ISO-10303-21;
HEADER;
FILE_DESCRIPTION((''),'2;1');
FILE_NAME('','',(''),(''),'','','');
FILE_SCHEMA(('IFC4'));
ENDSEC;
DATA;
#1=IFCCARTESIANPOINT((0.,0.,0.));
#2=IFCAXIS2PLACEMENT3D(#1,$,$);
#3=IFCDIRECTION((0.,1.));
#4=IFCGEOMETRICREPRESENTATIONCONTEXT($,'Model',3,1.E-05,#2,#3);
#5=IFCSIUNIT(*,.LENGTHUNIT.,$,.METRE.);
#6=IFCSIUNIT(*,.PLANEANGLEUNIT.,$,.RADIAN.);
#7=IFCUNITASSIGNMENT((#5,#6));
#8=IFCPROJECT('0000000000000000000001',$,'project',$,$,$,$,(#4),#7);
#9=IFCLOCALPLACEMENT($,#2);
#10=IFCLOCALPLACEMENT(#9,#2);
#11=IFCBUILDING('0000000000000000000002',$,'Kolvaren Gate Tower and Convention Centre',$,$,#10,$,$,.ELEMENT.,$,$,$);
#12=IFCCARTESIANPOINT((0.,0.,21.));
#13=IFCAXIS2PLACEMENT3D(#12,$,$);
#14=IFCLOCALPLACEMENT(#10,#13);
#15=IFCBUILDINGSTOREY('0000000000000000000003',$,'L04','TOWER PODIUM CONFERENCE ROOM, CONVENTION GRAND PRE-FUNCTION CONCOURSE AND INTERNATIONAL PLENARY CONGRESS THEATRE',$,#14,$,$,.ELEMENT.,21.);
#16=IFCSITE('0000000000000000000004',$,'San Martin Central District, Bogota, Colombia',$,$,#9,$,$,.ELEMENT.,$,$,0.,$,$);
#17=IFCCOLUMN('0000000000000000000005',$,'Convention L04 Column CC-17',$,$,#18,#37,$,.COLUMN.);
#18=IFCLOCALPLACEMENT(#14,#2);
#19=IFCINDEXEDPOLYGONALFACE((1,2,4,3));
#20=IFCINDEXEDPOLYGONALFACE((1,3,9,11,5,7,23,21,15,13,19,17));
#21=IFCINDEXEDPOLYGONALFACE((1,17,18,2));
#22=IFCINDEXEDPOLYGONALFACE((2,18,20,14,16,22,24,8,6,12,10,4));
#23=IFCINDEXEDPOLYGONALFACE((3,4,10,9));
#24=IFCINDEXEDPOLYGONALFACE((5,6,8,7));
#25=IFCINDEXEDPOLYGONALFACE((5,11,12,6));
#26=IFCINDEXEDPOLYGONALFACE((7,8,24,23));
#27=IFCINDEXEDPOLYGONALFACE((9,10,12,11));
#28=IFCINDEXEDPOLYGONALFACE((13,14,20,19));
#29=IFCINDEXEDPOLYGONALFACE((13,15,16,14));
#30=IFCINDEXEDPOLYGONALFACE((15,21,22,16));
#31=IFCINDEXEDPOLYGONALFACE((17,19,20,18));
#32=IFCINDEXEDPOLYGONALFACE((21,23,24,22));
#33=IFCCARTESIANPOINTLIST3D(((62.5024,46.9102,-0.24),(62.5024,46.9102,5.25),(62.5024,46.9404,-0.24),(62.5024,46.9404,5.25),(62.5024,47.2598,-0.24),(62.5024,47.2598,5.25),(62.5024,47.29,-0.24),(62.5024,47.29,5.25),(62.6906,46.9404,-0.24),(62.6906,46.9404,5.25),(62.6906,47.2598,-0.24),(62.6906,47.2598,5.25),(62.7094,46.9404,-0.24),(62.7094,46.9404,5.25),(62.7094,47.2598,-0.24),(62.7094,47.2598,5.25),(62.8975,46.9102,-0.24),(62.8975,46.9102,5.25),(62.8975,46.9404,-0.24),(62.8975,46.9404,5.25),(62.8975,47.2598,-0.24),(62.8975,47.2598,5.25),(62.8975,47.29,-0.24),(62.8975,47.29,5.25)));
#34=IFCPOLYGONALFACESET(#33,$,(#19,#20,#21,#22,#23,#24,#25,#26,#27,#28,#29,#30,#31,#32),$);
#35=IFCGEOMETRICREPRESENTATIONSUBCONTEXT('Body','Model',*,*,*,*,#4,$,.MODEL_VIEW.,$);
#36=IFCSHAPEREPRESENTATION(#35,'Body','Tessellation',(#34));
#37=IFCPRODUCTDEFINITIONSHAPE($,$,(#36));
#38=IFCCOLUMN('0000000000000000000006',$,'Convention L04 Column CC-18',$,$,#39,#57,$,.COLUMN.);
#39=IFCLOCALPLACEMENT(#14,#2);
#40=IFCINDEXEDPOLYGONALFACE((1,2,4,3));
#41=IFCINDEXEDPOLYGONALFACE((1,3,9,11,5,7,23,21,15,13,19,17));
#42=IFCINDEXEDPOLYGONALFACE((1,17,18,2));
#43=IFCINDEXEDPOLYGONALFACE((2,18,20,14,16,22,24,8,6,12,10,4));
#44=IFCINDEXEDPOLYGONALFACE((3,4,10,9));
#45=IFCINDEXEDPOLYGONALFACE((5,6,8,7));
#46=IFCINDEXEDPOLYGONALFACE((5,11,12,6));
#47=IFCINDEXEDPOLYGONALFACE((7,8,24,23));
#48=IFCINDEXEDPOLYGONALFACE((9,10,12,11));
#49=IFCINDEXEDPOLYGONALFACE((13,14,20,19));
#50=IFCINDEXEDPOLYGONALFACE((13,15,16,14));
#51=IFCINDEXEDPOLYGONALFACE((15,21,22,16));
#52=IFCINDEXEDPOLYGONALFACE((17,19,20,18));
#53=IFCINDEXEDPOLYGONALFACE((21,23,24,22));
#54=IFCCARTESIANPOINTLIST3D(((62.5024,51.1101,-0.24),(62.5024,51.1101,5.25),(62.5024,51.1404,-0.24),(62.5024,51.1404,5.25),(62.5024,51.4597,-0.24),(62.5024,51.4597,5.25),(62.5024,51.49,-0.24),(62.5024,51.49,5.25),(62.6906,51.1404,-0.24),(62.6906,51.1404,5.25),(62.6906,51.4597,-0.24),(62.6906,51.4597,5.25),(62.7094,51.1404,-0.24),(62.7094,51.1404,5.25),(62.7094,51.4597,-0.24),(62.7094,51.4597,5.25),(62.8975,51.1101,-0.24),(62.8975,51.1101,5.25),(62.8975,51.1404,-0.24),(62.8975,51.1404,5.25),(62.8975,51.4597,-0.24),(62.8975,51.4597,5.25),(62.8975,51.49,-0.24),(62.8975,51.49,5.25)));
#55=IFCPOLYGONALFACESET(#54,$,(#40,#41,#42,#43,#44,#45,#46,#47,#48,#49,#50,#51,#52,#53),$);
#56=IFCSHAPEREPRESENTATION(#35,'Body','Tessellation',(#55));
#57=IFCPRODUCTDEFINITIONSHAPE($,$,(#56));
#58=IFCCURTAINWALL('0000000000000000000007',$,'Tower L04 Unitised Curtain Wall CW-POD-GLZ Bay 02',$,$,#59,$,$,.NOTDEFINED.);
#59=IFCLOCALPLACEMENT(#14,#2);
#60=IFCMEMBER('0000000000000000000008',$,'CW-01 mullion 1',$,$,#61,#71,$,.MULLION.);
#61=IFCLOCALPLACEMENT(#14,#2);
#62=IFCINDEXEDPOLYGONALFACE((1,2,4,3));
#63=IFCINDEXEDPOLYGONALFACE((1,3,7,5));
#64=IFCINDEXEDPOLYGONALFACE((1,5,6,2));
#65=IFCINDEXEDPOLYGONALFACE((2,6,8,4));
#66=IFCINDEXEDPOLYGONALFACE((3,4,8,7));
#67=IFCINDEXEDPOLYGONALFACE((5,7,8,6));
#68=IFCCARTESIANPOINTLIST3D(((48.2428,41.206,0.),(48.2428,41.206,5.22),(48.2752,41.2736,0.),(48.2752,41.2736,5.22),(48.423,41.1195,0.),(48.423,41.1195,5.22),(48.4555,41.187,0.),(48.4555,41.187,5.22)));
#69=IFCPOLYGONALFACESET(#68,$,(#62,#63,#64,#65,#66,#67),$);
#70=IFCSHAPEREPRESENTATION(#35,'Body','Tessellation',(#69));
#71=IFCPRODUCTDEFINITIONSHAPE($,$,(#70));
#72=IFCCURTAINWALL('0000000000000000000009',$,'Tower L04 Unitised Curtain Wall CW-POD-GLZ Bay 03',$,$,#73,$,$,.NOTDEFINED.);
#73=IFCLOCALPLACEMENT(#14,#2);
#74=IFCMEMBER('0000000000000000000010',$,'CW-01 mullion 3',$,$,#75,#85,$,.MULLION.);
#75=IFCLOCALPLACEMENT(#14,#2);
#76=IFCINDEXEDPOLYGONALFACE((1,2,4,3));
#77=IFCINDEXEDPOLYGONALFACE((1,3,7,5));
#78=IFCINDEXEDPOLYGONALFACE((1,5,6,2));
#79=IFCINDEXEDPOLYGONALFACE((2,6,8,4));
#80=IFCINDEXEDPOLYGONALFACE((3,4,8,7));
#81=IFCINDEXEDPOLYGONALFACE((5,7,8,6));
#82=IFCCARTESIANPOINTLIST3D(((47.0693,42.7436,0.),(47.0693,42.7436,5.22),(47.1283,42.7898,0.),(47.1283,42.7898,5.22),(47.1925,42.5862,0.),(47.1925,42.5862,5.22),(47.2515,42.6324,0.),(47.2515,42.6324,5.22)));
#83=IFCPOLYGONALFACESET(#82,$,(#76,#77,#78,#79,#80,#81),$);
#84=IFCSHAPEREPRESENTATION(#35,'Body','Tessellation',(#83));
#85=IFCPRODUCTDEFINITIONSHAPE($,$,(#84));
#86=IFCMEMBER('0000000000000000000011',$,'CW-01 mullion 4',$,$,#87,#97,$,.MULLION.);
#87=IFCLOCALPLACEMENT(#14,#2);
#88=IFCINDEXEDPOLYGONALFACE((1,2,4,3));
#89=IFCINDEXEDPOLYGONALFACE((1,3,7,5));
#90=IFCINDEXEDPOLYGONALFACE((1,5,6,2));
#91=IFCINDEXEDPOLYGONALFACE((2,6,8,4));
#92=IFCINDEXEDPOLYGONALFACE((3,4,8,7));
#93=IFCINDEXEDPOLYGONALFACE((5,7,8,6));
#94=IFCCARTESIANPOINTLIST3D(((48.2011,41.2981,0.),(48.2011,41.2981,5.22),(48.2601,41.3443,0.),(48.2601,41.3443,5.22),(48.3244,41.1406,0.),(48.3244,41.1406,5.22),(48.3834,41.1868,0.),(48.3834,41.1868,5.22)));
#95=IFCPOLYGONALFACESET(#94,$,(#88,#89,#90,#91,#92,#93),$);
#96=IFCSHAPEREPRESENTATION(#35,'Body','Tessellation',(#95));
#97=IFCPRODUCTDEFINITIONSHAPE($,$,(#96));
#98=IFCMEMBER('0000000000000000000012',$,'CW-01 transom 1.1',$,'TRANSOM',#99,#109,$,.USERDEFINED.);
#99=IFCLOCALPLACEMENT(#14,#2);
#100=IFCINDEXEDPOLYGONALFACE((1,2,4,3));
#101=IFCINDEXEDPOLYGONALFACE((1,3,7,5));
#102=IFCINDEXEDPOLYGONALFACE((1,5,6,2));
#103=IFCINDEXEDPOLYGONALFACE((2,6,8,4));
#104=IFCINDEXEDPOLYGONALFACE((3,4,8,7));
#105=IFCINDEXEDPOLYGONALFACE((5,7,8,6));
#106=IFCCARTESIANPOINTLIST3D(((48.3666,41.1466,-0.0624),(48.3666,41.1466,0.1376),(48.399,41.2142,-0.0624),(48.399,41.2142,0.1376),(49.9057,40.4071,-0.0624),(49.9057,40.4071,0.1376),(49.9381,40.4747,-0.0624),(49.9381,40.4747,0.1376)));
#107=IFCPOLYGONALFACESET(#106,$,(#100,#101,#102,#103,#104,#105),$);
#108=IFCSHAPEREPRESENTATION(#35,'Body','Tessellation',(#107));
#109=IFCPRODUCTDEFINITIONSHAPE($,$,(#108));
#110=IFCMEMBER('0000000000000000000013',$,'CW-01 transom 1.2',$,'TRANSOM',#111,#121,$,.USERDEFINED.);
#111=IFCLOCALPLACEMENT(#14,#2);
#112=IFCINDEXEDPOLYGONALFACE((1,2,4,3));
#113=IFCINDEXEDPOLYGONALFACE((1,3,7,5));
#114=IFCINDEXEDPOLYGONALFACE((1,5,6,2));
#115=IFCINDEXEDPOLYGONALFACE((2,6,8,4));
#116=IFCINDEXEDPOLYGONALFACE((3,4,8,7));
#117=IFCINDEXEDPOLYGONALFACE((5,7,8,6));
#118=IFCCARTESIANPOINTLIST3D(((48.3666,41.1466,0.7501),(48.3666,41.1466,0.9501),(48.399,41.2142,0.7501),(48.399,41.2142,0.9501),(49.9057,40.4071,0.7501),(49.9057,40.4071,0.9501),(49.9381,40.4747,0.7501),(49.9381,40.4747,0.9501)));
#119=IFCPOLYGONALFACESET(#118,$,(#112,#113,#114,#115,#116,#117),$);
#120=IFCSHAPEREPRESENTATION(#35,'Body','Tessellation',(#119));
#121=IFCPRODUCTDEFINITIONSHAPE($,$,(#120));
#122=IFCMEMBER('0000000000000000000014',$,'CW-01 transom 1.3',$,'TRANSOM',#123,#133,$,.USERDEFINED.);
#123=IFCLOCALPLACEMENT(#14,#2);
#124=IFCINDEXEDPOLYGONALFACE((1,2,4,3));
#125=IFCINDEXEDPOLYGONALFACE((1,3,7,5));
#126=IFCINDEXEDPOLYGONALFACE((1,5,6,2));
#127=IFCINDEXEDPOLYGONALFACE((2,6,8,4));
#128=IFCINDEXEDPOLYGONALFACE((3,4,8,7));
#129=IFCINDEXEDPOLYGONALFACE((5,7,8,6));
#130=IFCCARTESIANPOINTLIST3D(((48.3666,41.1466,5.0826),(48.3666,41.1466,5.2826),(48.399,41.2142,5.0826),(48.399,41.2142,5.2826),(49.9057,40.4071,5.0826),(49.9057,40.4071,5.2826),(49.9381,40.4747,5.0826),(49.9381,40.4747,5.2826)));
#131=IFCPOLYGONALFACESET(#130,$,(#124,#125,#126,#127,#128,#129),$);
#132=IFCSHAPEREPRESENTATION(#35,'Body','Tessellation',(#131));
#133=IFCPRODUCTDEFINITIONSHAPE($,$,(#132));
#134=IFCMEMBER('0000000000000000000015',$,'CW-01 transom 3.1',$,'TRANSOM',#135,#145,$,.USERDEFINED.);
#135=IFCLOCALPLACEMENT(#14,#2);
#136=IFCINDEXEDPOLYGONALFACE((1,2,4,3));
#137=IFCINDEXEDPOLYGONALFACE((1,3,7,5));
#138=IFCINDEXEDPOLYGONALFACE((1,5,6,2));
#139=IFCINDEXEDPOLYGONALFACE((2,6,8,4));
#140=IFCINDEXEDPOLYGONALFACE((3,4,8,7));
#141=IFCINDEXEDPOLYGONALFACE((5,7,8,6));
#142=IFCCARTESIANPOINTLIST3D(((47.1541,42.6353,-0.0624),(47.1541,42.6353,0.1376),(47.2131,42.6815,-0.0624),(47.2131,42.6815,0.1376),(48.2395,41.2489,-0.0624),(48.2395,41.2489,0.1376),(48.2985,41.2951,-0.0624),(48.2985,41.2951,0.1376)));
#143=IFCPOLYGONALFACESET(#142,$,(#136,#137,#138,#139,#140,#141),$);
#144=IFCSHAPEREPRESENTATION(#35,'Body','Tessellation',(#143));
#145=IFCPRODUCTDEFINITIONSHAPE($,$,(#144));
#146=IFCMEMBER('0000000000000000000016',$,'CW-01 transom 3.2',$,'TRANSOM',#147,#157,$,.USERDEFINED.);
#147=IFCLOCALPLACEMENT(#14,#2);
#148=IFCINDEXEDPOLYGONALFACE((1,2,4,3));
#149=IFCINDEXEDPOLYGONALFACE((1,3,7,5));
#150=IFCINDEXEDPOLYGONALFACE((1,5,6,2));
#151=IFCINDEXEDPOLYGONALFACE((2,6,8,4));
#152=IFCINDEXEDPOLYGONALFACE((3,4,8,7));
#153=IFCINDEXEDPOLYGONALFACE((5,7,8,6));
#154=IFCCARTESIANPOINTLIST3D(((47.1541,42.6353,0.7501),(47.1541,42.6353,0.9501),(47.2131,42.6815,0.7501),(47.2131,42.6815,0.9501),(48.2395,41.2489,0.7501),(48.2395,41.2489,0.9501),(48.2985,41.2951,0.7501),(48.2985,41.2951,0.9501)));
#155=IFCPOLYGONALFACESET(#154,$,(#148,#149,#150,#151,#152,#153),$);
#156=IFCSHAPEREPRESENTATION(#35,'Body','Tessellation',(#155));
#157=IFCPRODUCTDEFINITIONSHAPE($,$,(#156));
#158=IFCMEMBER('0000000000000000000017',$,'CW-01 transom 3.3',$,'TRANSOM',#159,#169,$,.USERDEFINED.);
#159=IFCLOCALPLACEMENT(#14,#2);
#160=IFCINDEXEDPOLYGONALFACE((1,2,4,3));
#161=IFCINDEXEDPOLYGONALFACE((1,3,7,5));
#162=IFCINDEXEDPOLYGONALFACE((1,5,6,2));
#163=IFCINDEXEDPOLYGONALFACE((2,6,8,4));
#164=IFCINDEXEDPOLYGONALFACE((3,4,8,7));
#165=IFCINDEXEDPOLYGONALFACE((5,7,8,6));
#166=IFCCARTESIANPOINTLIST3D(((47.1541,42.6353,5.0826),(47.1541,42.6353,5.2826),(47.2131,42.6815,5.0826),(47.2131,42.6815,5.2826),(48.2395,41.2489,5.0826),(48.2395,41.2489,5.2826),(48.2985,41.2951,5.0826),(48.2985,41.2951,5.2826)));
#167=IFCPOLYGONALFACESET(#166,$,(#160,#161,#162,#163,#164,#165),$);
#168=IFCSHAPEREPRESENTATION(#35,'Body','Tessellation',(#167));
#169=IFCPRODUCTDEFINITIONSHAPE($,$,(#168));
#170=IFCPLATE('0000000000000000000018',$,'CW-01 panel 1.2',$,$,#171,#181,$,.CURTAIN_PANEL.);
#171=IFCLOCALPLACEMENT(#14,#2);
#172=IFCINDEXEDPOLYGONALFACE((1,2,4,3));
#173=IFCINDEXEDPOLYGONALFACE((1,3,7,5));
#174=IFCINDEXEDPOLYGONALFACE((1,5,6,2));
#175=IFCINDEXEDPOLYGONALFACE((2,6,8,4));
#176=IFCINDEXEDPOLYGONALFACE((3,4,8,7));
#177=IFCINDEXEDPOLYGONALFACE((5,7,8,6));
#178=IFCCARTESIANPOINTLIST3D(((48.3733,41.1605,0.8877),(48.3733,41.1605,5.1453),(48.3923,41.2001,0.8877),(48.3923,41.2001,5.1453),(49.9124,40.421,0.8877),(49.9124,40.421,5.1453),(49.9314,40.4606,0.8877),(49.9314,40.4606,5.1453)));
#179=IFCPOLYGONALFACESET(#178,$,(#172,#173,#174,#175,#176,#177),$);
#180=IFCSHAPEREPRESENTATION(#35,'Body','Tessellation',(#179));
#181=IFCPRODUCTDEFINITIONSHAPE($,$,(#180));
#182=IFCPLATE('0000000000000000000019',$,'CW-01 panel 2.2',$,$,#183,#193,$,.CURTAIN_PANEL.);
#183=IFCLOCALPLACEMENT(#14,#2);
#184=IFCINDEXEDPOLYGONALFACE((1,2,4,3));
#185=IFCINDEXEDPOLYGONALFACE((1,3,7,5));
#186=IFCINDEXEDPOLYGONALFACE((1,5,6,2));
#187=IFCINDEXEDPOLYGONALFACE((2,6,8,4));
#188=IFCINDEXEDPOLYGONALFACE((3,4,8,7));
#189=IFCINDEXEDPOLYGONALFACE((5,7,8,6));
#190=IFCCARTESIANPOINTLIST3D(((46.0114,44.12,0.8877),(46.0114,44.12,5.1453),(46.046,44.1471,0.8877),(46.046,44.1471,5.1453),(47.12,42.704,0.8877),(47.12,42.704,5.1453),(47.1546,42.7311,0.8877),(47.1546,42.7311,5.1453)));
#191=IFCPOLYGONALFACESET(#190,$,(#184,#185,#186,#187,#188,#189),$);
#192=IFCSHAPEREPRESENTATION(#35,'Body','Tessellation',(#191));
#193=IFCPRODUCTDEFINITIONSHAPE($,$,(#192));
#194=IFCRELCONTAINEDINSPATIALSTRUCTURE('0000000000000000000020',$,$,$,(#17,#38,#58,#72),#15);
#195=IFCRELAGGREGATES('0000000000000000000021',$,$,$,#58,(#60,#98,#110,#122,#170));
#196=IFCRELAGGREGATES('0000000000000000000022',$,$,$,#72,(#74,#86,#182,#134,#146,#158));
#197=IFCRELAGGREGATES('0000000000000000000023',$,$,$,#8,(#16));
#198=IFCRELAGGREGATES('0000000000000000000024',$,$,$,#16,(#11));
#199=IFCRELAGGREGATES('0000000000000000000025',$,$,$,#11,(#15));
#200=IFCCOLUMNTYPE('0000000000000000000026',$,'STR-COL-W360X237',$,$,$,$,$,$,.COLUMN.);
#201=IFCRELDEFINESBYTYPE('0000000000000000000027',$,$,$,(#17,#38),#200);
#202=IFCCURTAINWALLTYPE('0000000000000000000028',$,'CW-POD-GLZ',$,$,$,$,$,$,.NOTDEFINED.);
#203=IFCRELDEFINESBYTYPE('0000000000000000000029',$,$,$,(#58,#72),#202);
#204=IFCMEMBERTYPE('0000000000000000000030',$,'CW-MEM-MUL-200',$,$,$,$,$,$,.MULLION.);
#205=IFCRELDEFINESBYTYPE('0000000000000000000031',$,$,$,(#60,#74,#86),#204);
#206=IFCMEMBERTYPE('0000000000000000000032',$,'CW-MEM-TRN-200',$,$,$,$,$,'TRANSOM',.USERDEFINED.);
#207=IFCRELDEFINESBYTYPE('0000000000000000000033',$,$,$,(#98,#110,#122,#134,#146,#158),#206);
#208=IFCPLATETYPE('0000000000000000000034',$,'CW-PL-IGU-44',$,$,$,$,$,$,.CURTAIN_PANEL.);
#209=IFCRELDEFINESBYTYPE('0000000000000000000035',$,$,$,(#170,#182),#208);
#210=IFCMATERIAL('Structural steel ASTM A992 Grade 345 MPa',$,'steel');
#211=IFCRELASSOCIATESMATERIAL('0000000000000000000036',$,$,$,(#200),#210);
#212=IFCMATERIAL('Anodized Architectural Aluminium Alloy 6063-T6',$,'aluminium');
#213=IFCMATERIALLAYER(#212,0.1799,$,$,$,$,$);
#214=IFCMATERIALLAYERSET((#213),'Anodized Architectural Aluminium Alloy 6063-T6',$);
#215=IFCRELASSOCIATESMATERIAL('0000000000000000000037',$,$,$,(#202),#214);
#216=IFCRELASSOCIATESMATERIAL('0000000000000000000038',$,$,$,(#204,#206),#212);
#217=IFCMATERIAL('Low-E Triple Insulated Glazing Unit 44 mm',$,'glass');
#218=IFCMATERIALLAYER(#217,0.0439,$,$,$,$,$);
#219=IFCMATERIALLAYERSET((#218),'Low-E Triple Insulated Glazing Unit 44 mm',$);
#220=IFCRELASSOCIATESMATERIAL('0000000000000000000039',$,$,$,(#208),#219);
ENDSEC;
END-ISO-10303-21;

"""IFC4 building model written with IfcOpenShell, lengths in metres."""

from ifc_helpers import new_model, si_unit, direction, frame, origin, origin_2d, place, context, subcontext, project, spatial, rectangle, i_section, extrude, material, layer, layer_set, material_profile, profile_set, type_object, element, aggregate, save


model = new_model("IFC4")

# Units and contexts
model_context = context("Model", 3, precision=1e-05, world=origin(), true_north=direction((0.0, 1.0)))
body_context = subcontext(model_context, "Body", "Model", "MODEL_VIEW")
ifc_project = project(units=[si_unit("LENGTHUNIT", "METRE"), si_unit("PLANEANGLEUNIT", "RADIAN")], contexts=[model_context])

# Site, building, storey
site_placement = place(None, origin())
site = spatial("IfcSite", under=ifc_project, at=site_placement, Name="San Martin Central District, Bogota, Colombia", CompositionType="ELEMENT", RefElevation=0.0)
building_placement = place(site_placement, origin())
building = spatial("IfcBuilding", under=site, at=building_placement, Name="Kolvaren Gate Tower and Convention Centre", CompositionType="ELEMENT")
storey_placement = place(building_placement, frame((0.0, 0.0, 21.0)))
storey = spatial("IfcBuildingStorey", under=building, at=storey_placement, Name="L04", Description="TOWER PODIUM CONFERENCE ROOM, CONVENTION GRAND PRE-FUNCTION CONCOURSE AND INTERNATIONAL PLENARY CONGRESS THEATRE", CompositionType="ELEMENT", Elevation=21.0)

# Columns
ifc_material_1 = material(Name="Structural steel ASTM A992 Grade 345 MPa", Category="steel")
ifc_material_profile_1 = material_profile(ifc_material_1, i_section(OverallWidth=0.395, OverallDepth=0.3799, WebThickness=0.0188, FlangeThickness=0.0303, at=origin_2d()), Name="W360X237")
ifc_profile_set_1 = profile_set([ifc_material_profile_1], Name="Structural steel ASTM A992 Grade 345 MPa")
column_type = type_object("IfcColumnType", Name="STR-COL-W360X237", PredefinedType="COLUMN", material=ifc_profile_set_1)
for number, where, z_axis, x_axis, name in (
    (1, (62.7, 47.1001, -0.24), (0.0, 0.0, 1.0), (1.0, 0.0, 0.0), "Convention L04 Column CC-17"),
    (2, (62.7, 51.3, -0.24), (0.0, 0.0, 1.0), (1.0, 0.0, 0.0), "Convention L04 Column CC-18"),
):
    element("IfcColumn", number, at=place(storey_placement, frame(where, z_axis=z_axis, x_axis=x_axis)), inside=storey, type_object=column_type, Name=name, PredefinedType="COLUMN", context=body_context, shape_type="SweptSolid", body=[
        extrude(i_section(OverallWidth=0.395, OverallDepth=0.3799, WebThickness=0.0188, FlangeThickness=0.0303, at=origin_2d()), origin(), (0.0, 0.0, 1.0), 5.49),
    ])

# Curtain wall, member
ifc_material_2 = material(Name="Anodized Architectural Aluminium Alloy 6063-T6", Category="aluminium")
ifc_layer_1 = layer(ifc_material_2, 0.1799)
ifc_layer_set_1 = layer_set([ifc_layer_1], Name="Anodized Architectural Aluminium Alloy 6063-T6")
curtain_wall_type = type_object("IfcCurtainWallType", Name="CW-POD-GLZ", PredefinedType="NOTDEFINED", material=ifc_layer_set_1)
curtain_wall_1_placement = place(storey_placement, origin())
curtain_wall_1 = element("IfcCurtainWall", 3, at=curtain_wall_1_placement, inside=storey, type_object=curtain_wall_type, Name="Tower L04 Unitised Curtain Wall CW-POD-GLZ Bay 02", PredefinedType="NOTDEFINED")
ifc_material_profile_2 = material_profile(ifc_material_2, rectangle(XDim=0.075, YDim=0.2, at=origin_2d()), Name="CW-MEM-MUL-200")
ifc_profile_set_2 = profile_set([ifc_material_profile_2], Name="Anodized Architectural Aluminium Alloy 6063-T6")
member_type_1 = type_object("IfcMemberType", Name="CW-MEM-MUL-200", PredefinedType="MULLION", material=ifc_profile_set_2)
member_1_placement = place(storey_placement, frame((48.3491, 41.1965, 0.0), z_axis=(0.0, 0.0, 1.0), x_axis=(0.433063, 0.901364, 0.0)))
member_1 = element("IfcMember", 4, at=member_1_placement, type_object=member_type_1, Name="CW-01 mullion 1", PredefinedType="MULLION", context=body_context, shape_type="SweptSolid", body=[
    extrude(rectangle(XDim=0.075, YDim=0.2, at=origin_2d()), origin(), (0.0, 0.0, 1.0), 5.22),
])

# Curtain wall, members
curtain_wall_2_placement = place(storey_placement, origin())
curtain_wall_2 = element("IfcCurtainWall", 5, at=curtain_wall_2_placement, inside=storey, type_object=curtain_wall_type, Name="Tower L04 Unitised Curtain Wall CW-POD-GLZ Bay 03", PredefinedType="NOTDEFINED")
member_2_placement = place(storey_placement, frame((47.1604, 42.688, 0.0), z_axis=(0.0, 0.0, 1.0), x_axis=(0.787413, 0.616426, 0.0)))
member_2 = element("IfcMember", 6, at=member_2_placement, type_object=member_type_1, Name="CW-01 mullion 3", PredefinedType="MULLION", context=body_context, shape_type="SweptSolid", body=[
    extrude(rectangle(XDim=0.075, YDim=0.2, at=origin_2d()), origin(), (0.0, 0.0, 1.0), 5.22),
])
member_3_placement = place(storey_placement, frame((48.2922, 41.2424, 0.0), z_axis=(0.0, 0.0, 1.0), x_axis=(0.787413, 0.616426, 0.0)))
member_3 = element("IfcMember", 7, at=member_3_placement, type_object=member_type_1, Name="CW-01 mullion 4", PredefinedType="MULLION", context=body_context, shape_type="SweptSolid", body=[
    extrude(rectangle(XDim=0.075, YDim=0.2, at=origin_2d()), origin(), (0.0, 0.0, 1.0), 5.22),
])

# Members
ifc_material_profile_3 = material_profile(ifc_material_2, rectangle(XDim=0.075, YDim=0.2, at=origin_2d()), Name="CW-MEM-TRN-200")
ifc_profile_set_3 = profile_set([ifc_material_profile_3], Name="Anodized Architectural Aluminium Alloy 6063-T6")
member_type_2 = type_object("IfcMemberType", Name="CW-MEM-TRN-200", ElementType="TRANSOM", PredefinedType="USERDEFINED", material=ifc_profile_set_3)
member_4_placement = place(storey_placement, frame((48.3828, 41.1804, 0.0376), z_axis=(0.901351, -0.433089, 0.0), x_axis=(0.433089, 0.901351, 0.0)))
member_4 = element("IfcMember", 8, at=member_4_placement, type_object=member_type_2, Name="CW-01 transom 1.1", ObjectType="TRANSOM", PredefinedType="USERDEFINED", context=body_context, shape_type="SweptSolid", body=[
    extrude(rectangle(XDim=0.075, YDim=0.2, at=origin_2d()), origin(), (0.0, 0.0, 1.0), 1.7075),
])
member_5_placement = place(storey_placement, frame((48.3828, 41.1804, 0.8501), z_axis=(0.901351, -0.433089, 0.0), x_axis=(0.433089, 0.901351, 0.0)))
member_5 = element("IfcMember", 9, at=member_5_placement, type_object=member_type_2, Name="CW-01 transom 1.2", ObjectType="TRANSOM", PredefinedType="USERDEFINED", context=body_context, shape_type="SweptSolid", body=[
    extrude(rectangle(XDim=0.075, YDim=0.2, at=origin_2d()), origin(), (0.0, 0.0, 1.0), 1.7075),
])
member_6_placement = place(storey_placement, frame((48.3828, 41.1804, 5.1826), z_axis=(0.901351, -0.433089, 0.0), x_axis=(0.433089, 0.901351, 0.0)))
member_6 = element("IfcMember", 10, at=member_6_placement, type_object=member_type_2, Name="CW-01 transom 1.3", ObjectType="TRANSOM", PredefinedType="USERDEFINED", context=body_context, shape_type="SweptSolid", body=[
    extrude(rectangle(XDim=0.075, YDim=0.2, at=origin_2d()), origin(), (0.0, 0.0, 1.0), 1.7075),
])
member_7_placement = place(storey_placement, frame((47.1836, 42.6584, 0.0376), z_axis=(0.616443, -0.7874, 0.0), x_axis=(0.7874, 0.616443, 0.0)))
member_7 = element("IfcMember", 11, at=member_7_placement, type_object=member_type_2, Name="CW-01 transom 3.1", ObjectType="TRANSOM", PredefinedType="USERDEFINED", context=body_context, shape_type="SweptSolid", body=[
    extrude(rectangle(XDim=0.075, YDim=0.2, at=origin_2d()), origin(), (0.0, 0.0, 1.0), 1.7607),
])
member_8_placement = place(storey_placement, frame((47.1836, 42.6584, 0.8501), z_axis=(0.616443, -0.7874, 0.0), x_axis=(0.7874, 0.616443, 0.0)))
member_8 = element("IfcMember", 12, at=member_8_placement, type_object=member_type_2, Name="CW-01 transom 3.2", ObjectType="TRANSOM", PredefinedType="USERDEFINED", context=body_context, shape_type="SweptSolid", body=[
    extrude(rectangle(XDim=0.075, YDim=0.2, at=origin_2d()), origin(), (0.0, 0.0, 1.0), 1.7607),
])
member_9_placement = place(storey_placement, frame((47.1836, 42.6584, 5.1826), z_axis=(0.616443, -0.7874, 0.0), x_axis=(0.7874, 0.616443, 0.0)))
member_9 = element("IfcMember", 13, at=member_9_placement, type_object=member_type_2, Name="CW-01 transom 3.3", ObjectType="TRANSOM", PredefinedType="USERDEFINED", context=body_context, shape_type="SweptSolid", body=[
    extrude(rectangle(XDim=0.075, YDim=0.2, at=origin_2d()), origin(), (0.0, 0.0, 1.0), 1.7607),
])

# Plates
ifc_material_3 = material(Name="Low-E Triple Insulated Glazing Unit 44 mm", Category="glass")
ifc_layer_2 = layer(ifc_material_3, 0.0439)
ifc_layer_set_2 = layer_set([ifc_layer_2], Name="Low-E Triple Insulated Glazing Unit 44 mm")
plate_type_1 = type_object("IfcPlateType", Name="CW-PL-IGU-44", PredefinedType="CURTAIN_PANEL", material=ifc_layer_set_2)
plate_1_placement = place(storey_placement, frame((49.1523, 40.8105, 0.8877), z_axis=(0.0, 0.0, 1.0), x_axis=(0.901364, -0.433063, 0.0)))
plate_1 = element("IfcPlate", 14, at=plate_1_placement, type_object=plate_type_1, Name="CW-01 panel 1.2", PredefinedType="CURTAIN_PANEL", context=body_context, shape_type="SweptSolid", body=[
    extrude(rectangle(XDim=1.7075, YDim=0.0439, at=origin_2d()), origin(), (0.0, 0.0, 1.0), 4.2576),
])
plate_2_placement = place(storey_placement, frame((46.583, 43.4255, 0.8877), z_axis=(0.0, 0.0, 1.0), x_axis=(0.616426, -0.787413, 0.0)))
plate_2 = element("IfcPlate", 15, at=plate_2_placement, type_object=plate_type_1, Name="CW-01 panel 2.2", PredefinedType="CURTAIN_PANEL", context=body_context, shape_type="SweptSolid", body=[
    extrude(rectangle(XDim=1.7983, YDim=0.0439, at=origin_2d()), origin(), (0.0, 0.0, 1.0), 4.2576),
])
aggregate(curtain_wall_1, [member_1, member_4, member_5, member_6, plate_1])
aggregate(curtain_wall_2, [member_2, member_3, plate_2, member_7, member_8, member_9])

save(model, "model.ifc")
